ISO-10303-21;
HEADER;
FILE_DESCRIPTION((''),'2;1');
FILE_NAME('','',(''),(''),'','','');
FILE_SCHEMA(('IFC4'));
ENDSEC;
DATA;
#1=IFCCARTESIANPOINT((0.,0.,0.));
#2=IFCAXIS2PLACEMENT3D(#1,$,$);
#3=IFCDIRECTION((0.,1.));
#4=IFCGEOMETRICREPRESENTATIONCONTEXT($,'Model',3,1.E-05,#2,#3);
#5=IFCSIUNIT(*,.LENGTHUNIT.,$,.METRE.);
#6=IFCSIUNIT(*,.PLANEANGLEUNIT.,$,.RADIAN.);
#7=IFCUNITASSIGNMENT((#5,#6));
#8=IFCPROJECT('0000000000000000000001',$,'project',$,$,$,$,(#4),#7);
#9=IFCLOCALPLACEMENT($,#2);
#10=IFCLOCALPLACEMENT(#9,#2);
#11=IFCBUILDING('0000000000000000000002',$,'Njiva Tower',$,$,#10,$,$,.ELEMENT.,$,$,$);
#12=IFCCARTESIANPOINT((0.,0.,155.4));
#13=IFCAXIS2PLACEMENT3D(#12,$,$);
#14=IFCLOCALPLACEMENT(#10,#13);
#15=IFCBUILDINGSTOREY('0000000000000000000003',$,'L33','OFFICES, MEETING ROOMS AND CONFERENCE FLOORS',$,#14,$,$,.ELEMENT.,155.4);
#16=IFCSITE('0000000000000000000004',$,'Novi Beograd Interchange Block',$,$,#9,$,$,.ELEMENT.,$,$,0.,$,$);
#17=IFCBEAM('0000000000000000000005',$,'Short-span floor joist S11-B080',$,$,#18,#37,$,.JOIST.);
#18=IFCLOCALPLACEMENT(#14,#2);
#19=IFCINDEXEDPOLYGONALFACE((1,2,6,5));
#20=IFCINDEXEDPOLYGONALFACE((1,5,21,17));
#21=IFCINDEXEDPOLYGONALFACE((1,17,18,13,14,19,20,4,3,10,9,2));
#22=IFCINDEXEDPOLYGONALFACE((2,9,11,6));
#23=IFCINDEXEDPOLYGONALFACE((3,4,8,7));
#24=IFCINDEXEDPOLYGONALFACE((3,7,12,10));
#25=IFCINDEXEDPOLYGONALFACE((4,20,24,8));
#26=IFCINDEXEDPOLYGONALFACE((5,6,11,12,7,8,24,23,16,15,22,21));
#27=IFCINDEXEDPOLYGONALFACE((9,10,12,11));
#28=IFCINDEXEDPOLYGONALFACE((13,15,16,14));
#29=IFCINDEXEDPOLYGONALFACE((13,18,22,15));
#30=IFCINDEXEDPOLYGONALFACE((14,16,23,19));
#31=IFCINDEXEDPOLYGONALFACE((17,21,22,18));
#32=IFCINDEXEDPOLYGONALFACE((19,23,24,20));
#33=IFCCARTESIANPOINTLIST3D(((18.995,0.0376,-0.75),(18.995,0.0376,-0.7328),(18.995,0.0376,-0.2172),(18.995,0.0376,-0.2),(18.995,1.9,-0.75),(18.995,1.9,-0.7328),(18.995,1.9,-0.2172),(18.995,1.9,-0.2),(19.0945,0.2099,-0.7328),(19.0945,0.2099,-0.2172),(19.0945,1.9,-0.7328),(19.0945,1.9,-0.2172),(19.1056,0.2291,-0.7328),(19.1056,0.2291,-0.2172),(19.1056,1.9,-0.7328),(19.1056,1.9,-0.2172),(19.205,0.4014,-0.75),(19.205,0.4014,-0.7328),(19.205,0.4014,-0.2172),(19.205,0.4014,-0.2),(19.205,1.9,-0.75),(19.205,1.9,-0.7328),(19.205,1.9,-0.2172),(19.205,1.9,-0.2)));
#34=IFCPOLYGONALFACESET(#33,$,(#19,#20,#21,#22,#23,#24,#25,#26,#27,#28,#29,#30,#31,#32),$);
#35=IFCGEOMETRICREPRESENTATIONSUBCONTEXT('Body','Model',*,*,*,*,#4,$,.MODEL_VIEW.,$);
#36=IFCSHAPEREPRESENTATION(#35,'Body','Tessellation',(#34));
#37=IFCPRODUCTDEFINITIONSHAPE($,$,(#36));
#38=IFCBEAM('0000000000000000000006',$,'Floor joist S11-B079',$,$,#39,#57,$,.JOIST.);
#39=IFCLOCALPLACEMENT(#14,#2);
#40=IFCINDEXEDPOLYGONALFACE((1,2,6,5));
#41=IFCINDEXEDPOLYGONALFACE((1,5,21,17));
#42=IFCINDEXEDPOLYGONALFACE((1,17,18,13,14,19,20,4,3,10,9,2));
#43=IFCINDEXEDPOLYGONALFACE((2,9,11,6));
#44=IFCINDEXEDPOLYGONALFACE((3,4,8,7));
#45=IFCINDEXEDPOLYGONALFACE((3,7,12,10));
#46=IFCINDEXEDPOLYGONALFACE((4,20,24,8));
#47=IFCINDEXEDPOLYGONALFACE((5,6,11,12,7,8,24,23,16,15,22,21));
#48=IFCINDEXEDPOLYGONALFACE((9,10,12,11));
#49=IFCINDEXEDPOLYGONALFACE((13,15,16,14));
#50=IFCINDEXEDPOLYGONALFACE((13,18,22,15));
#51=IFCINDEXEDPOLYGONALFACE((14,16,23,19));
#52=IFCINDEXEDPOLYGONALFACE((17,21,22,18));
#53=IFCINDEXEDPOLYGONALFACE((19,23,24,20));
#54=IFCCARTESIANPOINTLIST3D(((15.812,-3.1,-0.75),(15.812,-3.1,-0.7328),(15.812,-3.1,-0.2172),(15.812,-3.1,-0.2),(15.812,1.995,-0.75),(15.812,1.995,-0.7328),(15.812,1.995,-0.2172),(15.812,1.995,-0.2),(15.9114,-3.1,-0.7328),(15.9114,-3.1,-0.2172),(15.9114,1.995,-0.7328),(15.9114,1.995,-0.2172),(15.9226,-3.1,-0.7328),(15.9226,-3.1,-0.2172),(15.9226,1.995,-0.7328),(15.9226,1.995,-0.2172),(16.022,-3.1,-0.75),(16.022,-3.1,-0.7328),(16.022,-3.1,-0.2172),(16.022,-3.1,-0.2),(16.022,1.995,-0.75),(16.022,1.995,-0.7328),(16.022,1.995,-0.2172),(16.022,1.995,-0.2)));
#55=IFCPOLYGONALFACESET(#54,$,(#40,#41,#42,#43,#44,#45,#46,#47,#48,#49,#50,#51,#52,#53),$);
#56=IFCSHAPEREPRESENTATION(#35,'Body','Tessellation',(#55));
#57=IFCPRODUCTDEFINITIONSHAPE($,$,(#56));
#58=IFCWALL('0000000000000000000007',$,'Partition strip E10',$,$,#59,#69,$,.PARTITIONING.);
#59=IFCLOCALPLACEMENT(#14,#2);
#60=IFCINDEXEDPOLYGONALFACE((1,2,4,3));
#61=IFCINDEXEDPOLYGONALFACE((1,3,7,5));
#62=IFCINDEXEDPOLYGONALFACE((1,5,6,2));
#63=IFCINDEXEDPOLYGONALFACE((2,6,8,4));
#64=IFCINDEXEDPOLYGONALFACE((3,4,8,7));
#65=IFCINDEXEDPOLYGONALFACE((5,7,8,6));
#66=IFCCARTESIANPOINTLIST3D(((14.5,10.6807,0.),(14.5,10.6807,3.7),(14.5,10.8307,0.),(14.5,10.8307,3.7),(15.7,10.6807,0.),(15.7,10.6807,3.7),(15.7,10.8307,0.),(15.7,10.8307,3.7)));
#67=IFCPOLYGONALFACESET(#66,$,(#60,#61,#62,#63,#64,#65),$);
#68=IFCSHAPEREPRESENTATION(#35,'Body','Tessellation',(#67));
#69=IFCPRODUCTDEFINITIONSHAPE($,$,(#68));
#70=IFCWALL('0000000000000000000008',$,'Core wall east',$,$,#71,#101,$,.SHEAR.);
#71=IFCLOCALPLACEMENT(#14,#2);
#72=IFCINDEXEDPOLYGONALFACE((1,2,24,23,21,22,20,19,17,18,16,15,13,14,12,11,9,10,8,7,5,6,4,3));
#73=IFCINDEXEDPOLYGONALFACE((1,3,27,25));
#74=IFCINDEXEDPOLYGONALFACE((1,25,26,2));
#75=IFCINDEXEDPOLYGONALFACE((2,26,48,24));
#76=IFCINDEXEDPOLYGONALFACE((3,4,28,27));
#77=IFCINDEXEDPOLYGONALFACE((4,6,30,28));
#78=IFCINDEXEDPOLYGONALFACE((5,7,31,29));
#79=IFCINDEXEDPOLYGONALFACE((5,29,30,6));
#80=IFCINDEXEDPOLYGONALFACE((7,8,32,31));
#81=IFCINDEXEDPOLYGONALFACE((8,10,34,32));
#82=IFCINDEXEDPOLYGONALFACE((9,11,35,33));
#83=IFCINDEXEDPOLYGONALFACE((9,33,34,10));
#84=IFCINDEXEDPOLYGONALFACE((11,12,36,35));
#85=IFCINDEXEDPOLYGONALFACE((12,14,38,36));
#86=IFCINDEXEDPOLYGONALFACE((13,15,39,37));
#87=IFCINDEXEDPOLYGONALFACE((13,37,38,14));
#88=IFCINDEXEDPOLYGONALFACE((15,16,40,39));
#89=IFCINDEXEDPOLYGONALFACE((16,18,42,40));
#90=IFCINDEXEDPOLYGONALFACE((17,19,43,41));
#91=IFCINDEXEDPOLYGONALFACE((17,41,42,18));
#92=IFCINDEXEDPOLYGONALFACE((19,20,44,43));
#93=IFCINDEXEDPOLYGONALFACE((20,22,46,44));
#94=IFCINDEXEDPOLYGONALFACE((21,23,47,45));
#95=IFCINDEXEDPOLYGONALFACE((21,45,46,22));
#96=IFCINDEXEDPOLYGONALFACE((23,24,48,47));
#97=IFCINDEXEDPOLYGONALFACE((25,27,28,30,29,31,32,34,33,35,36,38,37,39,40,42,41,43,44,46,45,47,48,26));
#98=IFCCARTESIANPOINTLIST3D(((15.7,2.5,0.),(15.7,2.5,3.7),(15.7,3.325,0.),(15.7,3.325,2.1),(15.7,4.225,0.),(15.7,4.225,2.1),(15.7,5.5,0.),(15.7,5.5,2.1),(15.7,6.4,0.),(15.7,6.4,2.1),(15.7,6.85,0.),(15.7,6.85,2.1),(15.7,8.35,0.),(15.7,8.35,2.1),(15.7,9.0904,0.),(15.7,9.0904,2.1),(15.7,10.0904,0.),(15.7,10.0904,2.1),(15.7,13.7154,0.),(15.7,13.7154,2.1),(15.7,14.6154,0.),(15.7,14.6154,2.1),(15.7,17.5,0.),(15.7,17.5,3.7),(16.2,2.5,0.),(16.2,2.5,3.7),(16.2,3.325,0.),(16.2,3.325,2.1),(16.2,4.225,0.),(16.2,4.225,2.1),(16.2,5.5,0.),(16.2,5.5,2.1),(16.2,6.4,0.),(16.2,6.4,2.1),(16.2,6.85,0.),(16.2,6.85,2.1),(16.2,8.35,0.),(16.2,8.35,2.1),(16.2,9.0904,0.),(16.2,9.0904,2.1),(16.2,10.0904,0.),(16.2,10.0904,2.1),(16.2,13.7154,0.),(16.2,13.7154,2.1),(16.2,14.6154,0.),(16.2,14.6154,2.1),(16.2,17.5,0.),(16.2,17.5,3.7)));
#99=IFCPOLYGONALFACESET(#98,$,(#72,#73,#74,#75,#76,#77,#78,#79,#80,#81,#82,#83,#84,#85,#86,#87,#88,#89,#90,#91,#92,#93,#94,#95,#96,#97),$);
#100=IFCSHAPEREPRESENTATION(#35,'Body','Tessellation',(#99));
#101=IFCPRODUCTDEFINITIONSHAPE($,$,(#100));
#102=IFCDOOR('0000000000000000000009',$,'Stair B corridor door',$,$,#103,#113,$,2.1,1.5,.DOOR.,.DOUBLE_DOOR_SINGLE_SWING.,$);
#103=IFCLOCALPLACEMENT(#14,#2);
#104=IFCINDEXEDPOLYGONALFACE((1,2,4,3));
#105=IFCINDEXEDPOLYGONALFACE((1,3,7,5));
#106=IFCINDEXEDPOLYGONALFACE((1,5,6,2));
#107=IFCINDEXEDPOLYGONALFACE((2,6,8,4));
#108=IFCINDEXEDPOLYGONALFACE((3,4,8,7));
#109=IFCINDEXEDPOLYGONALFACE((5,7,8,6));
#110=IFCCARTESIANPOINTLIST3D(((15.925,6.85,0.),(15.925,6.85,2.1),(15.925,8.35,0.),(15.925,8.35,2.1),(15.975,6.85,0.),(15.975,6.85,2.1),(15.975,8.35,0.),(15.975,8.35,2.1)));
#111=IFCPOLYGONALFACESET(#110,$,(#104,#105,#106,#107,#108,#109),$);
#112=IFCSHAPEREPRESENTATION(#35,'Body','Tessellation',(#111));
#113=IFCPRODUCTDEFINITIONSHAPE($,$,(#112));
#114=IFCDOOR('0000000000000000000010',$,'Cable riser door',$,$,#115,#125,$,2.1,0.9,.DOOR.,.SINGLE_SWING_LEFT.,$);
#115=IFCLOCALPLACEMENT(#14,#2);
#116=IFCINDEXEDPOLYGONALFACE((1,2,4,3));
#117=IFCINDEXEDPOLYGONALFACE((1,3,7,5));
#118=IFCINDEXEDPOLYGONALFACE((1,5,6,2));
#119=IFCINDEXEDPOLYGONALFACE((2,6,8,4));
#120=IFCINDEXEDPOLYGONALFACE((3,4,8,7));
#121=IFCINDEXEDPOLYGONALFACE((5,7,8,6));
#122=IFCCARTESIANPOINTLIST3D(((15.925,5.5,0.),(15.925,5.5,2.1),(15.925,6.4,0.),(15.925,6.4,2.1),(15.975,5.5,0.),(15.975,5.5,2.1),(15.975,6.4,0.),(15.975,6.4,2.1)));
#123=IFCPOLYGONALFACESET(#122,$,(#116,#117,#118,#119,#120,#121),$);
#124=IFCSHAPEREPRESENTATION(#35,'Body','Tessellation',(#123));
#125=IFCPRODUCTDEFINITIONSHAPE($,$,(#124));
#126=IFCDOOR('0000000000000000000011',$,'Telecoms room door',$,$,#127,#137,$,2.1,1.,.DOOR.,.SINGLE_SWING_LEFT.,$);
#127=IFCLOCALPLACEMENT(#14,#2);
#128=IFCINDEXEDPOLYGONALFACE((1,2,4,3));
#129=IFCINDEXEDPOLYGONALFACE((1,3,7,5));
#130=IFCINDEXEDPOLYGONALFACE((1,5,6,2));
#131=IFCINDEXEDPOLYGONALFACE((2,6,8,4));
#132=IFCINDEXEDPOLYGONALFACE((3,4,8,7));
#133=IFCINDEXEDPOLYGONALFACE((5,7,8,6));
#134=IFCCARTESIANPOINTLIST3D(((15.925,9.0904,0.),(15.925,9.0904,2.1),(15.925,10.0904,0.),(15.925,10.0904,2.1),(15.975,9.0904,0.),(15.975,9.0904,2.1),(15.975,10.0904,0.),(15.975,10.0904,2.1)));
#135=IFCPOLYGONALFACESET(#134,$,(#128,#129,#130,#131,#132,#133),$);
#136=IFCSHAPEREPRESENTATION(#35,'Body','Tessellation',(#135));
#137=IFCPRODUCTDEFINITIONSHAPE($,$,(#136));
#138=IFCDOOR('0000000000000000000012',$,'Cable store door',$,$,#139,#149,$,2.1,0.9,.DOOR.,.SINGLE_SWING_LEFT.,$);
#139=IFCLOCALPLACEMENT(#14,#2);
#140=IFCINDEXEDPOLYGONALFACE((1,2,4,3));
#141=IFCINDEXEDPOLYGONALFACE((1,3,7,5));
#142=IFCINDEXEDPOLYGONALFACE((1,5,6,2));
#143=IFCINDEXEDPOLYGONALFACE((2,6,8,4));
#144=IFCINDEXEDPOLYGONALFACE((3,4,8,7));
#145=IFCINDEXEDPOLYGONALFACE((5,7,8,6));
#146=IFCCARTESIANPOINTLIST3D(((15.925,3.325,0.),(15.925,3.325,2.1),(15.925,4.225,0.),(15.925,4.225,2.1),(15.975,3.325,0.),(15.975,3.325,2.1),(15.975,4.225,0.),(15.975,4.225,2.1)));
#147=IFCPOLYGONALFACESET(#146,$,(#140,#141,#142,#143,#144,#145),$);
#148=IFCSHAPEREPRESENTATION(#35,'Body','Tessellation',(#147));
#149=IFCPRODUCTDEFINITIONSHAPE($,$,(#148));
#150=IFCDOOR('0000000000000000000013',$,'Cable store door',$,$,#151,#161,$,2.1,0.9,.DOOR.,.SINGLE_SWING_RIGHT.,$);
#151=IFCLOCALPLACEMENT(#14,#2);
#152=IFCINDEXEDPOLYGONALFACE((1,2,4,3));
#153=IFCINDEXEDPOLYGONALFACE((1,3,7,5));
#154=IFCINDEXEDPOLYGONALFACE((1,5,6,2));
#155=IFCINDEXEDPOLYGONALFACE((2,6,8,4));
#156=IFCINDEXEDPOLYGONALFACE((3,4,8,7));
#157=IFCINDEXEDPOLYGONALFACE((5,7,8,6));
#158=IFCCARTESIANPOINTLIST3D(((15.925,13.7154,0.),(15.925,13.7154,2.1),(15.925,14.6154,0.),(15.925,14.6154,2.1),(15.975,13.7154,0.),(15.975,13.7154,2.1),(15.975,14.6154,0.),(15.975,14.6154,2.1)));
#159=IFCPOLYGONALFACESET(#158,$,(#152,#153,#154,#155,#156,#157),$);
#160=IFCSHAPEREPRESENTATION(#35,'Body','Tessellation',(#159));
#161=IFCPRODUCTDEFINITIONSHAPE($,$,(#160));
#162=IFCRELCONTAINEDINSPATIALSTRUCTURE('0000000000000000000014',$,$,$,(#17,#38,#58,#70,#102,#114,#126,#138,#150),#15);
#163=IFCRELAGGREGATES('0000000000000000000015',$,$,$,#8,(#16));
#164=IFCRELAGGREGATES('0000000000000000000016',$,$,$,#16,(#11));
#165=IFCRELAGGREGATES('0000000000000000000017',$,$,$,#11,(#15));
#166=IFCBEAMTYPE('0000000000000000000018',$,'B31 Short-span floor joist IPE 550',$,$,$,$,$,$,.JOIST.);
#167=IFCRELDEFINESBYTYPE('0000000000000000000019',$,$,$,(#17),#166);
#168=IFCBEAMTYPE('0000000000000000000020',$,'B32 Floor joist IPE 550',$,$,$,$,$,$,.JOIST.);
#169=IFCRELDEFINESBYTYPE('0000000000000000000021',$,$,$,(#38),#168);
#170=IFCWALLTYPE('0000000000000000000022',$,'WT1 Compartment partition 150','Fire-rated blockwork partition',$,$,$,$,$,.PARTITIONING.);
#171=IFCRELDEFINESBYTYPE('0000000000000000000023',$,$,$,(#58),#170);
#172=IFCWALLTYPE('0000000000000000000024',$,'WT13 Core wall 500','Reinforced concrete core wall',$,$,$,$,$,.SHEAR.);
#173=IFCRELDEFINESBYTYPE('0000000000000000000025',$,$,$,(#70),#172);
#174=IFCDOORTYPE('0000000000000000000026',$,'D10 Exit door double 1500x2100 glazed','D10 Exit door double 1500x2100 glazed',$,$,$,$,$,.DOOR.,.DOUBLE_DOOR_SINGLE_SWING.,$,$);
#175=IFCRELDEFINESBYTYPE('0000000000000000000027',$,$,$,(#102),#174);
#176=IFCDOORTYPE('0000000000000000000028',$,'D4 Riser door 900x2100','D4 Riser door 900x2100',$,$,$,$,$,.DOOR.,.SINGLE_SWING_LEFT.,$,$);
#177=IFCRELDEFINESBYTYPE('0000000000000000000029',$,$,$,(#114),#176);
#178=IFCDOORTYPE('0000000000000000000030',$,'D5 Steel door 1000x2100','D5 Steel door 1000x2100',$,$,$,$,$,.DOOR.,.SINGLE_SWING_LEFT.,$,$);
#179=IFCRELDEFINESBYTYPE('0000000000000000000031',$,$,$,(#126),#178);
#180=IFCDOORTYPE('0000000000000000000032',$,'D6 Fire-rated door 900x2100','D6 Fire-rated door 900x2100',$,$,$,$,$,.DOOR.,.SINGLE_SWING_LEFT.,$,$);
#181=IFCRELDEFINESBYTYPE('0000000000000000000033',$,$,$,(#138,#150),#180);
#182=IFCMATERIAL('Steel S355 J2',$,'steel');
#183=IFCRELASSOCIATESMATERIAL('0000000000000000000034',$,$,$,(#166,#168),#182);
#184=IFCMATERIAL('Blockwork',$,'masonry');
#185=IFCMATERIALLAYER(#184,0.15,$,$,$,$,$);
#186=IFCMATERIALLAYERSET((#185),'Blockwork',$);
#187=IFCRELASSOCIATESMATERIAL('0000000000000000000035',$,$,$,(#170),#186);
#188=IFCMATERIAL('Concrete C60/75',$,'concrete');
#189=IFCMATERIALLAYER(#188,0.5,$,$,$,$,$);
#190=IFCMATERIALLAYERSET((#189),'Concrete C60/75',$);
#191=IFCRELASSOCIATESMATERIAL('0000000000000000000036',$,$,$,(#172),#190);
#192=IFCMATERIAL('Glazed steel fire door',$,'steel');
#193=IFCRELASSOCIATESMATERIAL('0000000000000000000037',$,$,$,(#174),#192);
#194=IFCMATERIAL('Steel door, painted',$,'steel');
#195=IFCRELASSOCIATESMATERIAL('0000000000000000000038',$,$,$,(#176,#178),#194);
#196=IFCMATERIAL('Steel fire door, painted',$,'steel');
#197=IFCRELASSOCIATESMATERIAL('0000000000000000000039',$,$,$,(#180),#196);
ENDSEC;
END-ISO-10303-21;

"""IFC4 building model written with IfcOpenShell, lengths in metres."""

from ifc_helpers import new_model, si_unit, direction, frame, frame_2d, origin, origin_2d, place, context, subcontext, project, spatial, rectangle, i_section, extrude, clip, halfspace, material, layer, layer_set, material_profile, profile_set, type_object, element, fill, save


model = new_model("IFC4")

# Units and contexts
model_context = context("Model", 3, precision=1e-05, world=origin(), true_north=direction((0.0, 1.0)))
body_context = subcontext(model_context, "Body", "Model", "MODEL_VIEW")
ifc_project = project(units=[si_unit("LENGTHUNIT", "METRE"), si_unit("PLANEANGLEUNIT", "RADIAN")], contexts=[model_context])

# Site, building, storey
site_placement = place(None, origin())
site = spatial("IfcSite", under=ifc_project, at=site_placement, Name="Novi Beograd Interchange Block", CompositionType="ELEMENT", RefElevation=0.0)
building_placement = place(site_placement, origin())
building = spatial("IfcBuilding", under=site, at=building_placement, Name="Njiva Tower", CompositionType="ELEMENT")
storey_placement = place(building_placement, frame((0.0, 0.0, 155.4)))
storey = spatial("IfcBuildingStorey", under=building, at=storey_placement, Name="L33", Description="OFFICES, MEETING ROOMS AND CONFERENCE FLOORS", CompositionType="ELEMENT", Elevation=155.4)

# Shared definitions
ifc_material_1 = material(Name="Steel S355 J2", Category="steel")

# Beams
ifc_material_profile_1 = material_profile(ifc_material_1, i_section(OverallWidth=0.21, OverallDepth=0.55, WebThickness=0.0111, FlangeThickness=0.0172, at=origin_2d()), Name="IPE 550")
ifc_profile_set_1 = profile_set([ifc_material_profile_1], Name="Steel S355 J2")
beam_type_1 = type_object("IfcBeamType", Name="B31 Short-span floor joist IPE 550", PredefinedType="JOIST", material=ifc_profile_set_1)
beam_1_placement = place(storey_placement, frame((19.1, 1.9, -0.475), z_axis=(0.0, -1.0, 0.0), x_axis=(1.0, 0.0, 0.0)))
element("IfcBeam", 1, at=beam_1_placement, inside=storey, type_object=beam_type_1, Name="Short-span floor joist S11-B080", PredefinedType="JOIST", context=body_context, shape_type="Clipping", body=[
    clip(extrude(i_section(OverallWidth=0.21, OverallDepth=0.55, WebThickness=0.0111, FlangeThickness=0.0172, at=origin_2d()), origin(), (0.0, 0.0, 1.0), 1.883), halfspace(frame((0.0433, 0.0, 1.6055), z_axis=(0.866027, 0.0, 0.499998), x_axis=(0.0, 1.0, 0.0)), False)),
])
ifc_material_profile_2 = material_profile(ifc_material_1, i_section(OverallWidth=0.21, OverallDepth=0.55, WebThickness=0.0111, FlangeThickness=0.0172, at=origin_2d()), Name="IPE 550")
ifc_profile_set_2 = profile_set([ifc_material_profile_2], Name="Steel S355 J2")
beam_type_2 = type_object("IfcBeamType", Name="B32 Floor joist IPE 550", PredefinedType="JOIST", material=ifc_profile_set_2)
beam_2_placement = place(storey_placement, frame((15.917, 1.995, -0.475), z_axis=(0.0, -1.0, 0.0), x_axis=(1.0, 0.0, 0.0)))
element("IfcBeam", 2, at=beam_2_placement, inside=storey, type_object=beam_type_2, Name="Floor joist S11-B079", PredefinedType="JOIST", context=body_context, shape_type="SweptSolid", body=[
    extrude(i_section(OverallWidth=0.21, OverallDepth=0.55, WebThickness=0.0111, FlangeThickness=0.0172, at=origin_2d()), origin(), (0.0, 0.0, 1.0), 5.095),
])

# Wall
ifc_material_2 = material(Name="Blockwork", Category="masonry")
ifc_layer_1 = layer(ifc_material_2, 0.15)
ifc_layer_set_1 = layer_set([ifc_layer_1], Name="Blockwork")
wall_type_1 = type_object("IfcWallType", Name="WT1 Compartment partition 150", Description="Fire-rated blockwork partition", PredefinedType="PARTITIONING", material=ifc_layer_set_1)
wall_1_placement = place(storey_placement, frame((14.5, 10.7557, 0.0), z_axis=(0.0, 0.0, 1.0), x_axis=(1.0, 0.0, 0.0)))
element("IfcWall", 3, at=wall_1_placement, inside=storey, type_object=wall_type_1, Name="Partition strip E10", PredefinedType="PARTITIONING", context=body_context, shape_type="SweptSolid", body=[
    extrude(rectangle(XDim=1.2, YDim=0.15, at=frame_2d((0.6, 0.0))), origin(), (0.0, 0.0, 1.0), 3.7),
])

# Wall, openings, doors
ifc_material_3 = material(Name="Concrete C60/75", Category="concrete")
ifc_layer_2 = layer(ifc_material_3, 0.5)
ifc_layer_set_2 = layer_set([ifc_layer_2], Name="Concrete C60/75")
wall_type_2 = type_object("IfcWallType", Name="WT13 Core wall 500", Description="Reinforced concrete core wall", PredefinedType="SHEAR", material=ifc_layer_set_2)
wall_2_placement = place(storey_placement, frame((15.95, 2.5, 0.0), z_axis=(0.0, 0.0, 1.0), x_axis=(0.0, 1.0, 0.0)))
wall_2 = element("IfcWall", 4, at=wall_2_placement, inside=storey, type_object=wall_type_2, Name="Core wall east", PredefinedType="SHEAR", context=body_context, shape_type="SweptSolid", body=[
    extrude(rectangle(XDim=15.0, YDim=0.5, at=frame_2d((7.5, 0.0))), origin(), (0.0, 0.0, 1.0), 3.7),
])
opening_1_placement = place(wall_2_placement, frame((4.35, 0.0, 0.0)))
opening_1 = element("IfcOpeningElement", 5, at=opening_1_placement, cuts=wall_2, PredefinedType="OPENING", context=body_context, shape_type="SweptSolid", body=[
    extrude(rectangle(XDim=1.5, YDim=2.1, at=frame_2d((0.75, 1.05))), frame((0.0, 0.26, 0.0), z_axis=(0.0, -1.0, 0.0), x_axis=(1.0, 0.0, 0.0)), (0.0, 0.0, 1.0), 0.52),
])
opening_2_placement = place(wall_2_placement, frame((0.825, 0.0, 0.0)))
opening_2 = element("IfcOpeningElement", 6, at=opening_2_placement, cuts=wall_2, PredefinedType="OPENING", context=body_context, shape_type="SweptSolid", body=[
    extrude(rectangle(XDim=0.9, YDim=2.1, at=frame_2d((0.45, 1.05))), frame((0.0, 0.26, 0.0), z_axis=(0.0, -1.0, 0.0), x_axis=(1.0, 0.0, 0.0)), (0.0, 0.0, 1.0), 0.52),
])
opening_3_placement = place(wall_2_placement, frame((3.0, 0.0, 0.0)))
opening_3 = element("IfcOpeningElement", 7, at=opening_3_placement, cuts=wall_2, PredefinedType="OPENING", context=body_context, shape_type="SweptSolid", body=[
    extrude(rectangle(XDim=0.9, YDim=2.1, at=frame_2d((0.45, 1.05))), frame((0.0, 0.26, 0.0), z_axis=(0.0, -1.0, 0.0), x_axis=(1.0, 0.0, 0.0)), (0.0, 0.0, 1.0), 0.52),
])
opening_4_placement = place(wall_2_placement, frame((6.5904, 0.0, 0.0)))
opening_4 = element("IfcOpeningElement", 8, at=opening_4_placement, cuts=wall_2, PredefinedType="OPENING", context=body_context, shape_type="SweptSolid", body=[
    extrude(rectangle(XDim=1.0, YDim=2.1, at=frame_2d((0.5, 1.05))), frame((0.0, 0.26, 0.0), z_axis=(0.0, -1.0, 0.0), x_axis=(1.0, 0.0, 0.0)), (0.0, 0.0, 1.0), 0.52),
])
opening_5_placement = place(wall_2_placement, frame((11.2154, 0.0, 0.0)))
opening_5 = element("IfcOpeningElement", 9, at=opening_5_placement, cuts=wall_2, PredefinedType="OPENING", context=body_context, shape_type="SweptSolid", body=[
    extrude(rectangle(XDim=0.9, YDim=2.1, at=frame_2d((0.45, 1.05))), frame((0.0, 0.26, 0.0), z_axis=(0.0, -1.0, 0.0), x_axis=(1.0, 0.0, 0.0)), (0.0, 0.0, 1.0), 0.52),
])
ifc_material_4 = material(Name="Glazed steel fire door", Category="steel")
door_type_1 = type_object("IfcDoorType", Name="D10 Exit door double 1500x2100 glazed", Description="D10 Exit door double 1500x2100 glazed", OperationType="DOUBLE_DOOR_SINGLE_SWING", PredefinedType="DOOR", material=ifc_material_4)
door_1_placement = place(opening_1_placement, origin())
door_1 = element("IfcDoor", 10, at=door_1_placement, inside=storey, type_object=door_type_1, Name="Stair B corridor door", OperationType="DOUBLE_DOOR_SINGLE_SWING", OverallHeight=2.1, OverallWidth=1.5, PredefinedType="DOOR", context=body_context, shape_type="SweptSolid", body=[
    extrude(rectangle(XDim=1.5, YDim=2.1, at=frame_2d((0.75, 1.05))), frame((0.0, 0.025, 0.0), z_axis=(0.0, -1.0, 0.0), x_axis=(1.0, 0.0, 0.0)), (0.0, 0.0, 1.0), 0.05),
])
fill(opening_1, door_1)
ifc_material_5 = material(Name="Steel door, painted", Category="steel")
door_type_2 = type_object("IfcDoorType", Name="D4 Riser door 900x2100", Description="D4 Riser door 900x2100", OperationType="SINGLE_SWING_LEFT", PredefinedType="DOOR", material=ifc_material_5)
door_2_placement = place(opening_3_placement, origin())
door_2 = element("IfcDoor", 11, at=door_2_placement, inside=storey, type_object=door_type_2, Name="Cable riser door", OperationType="SINGLE_SWING_LEFT", OverallHeight=2.1, OverallWidth=0.9, PredefinedType="DOOR", context=body_context, shape_type="SweptSolid", body=[
    extrude(rectangle(XDim=0.9, YDim=2.1, at=frame_2d((0.45, 1.05))), frame((0.0, 0.025, 0.0), z_axis=(0.0, -1.0, 0.0), x_axis=(1.0, 0.0, 0.0)), (0.0, 0.0, 1.0), 0.05),
])
fill(opening_3, door_2)
door_type_3 = type_object("IfcDoorType", Name="D5 Steel door 1000x2100", Description="D5 Steel door 1000x2100", OperationType="SINGLE_SWING_LEFT", PredefinedType="DOOR", material=ifc_material_5)
door_3_placement = place(opening_4_placement, origin())
door_3 = element("IfcDoor", 12, at=door_3_placement, inside=storey, type_object=door_type_3, Name="Telecoms room door", OperationType="SINGLE_SWING_LEFT", OverallHeight=2.1, OverallWidth=1.0, PredefinedType="DOOR", context=body_context, shape_type="SweptSolid", body=[
    extrude(rectangle(XDim=1.0, YDim=2.1, at=frame_2d((0.5, 1.05))), frame((0.0, 0.025, 0.0), z_axis=(0.0, -1.0, 0.0), x_axis=(1.0, 0.0, 0.0)), (0.0, 0.0, 1.0), 0.05),
])
fill(opening_4, door_3)
ifc_material_6 = material(Name="Steel fire door, painted", Category="steel")
door_type_4 = type_object("IfcDoorType", Name="D6 Fire-rated door 900x2100", Description="D6 Fire-rated door 900x2100", OperationType="SINGLE_SWING_LEFT", PredefinedType="DOOR", material=ifc_material_6)
door_4_placement = place(opening_2_placement, origin())
door_4 = element("IfcDoor", 13, at=door_4_placement, inside=storey, type_object=door_type_4, Name="Cable store door", OperationType="SINGLE_SWING_LEFT", OverallHeight=2.1, OverallWidth=0.9, PredefinedType="DOOR", context=body_context, shape_type="SweptSolid", body=[
    extrude(rectangle(XDim=0.9, YDim=2.1, at=frame_2d((0.45, 1.05))), frame((0.0, 0.025, 0.0), z_axis=(0.0, -1.0, 0.0), x_axis=(1.0, 0.0, 0.0)), (0.0, 0.0, 1.0), 0.05),
])
fill(opening_2, door_4)
door_5_placement = place(opening_5_placement, origin())
door_5 = element("IfcDoor", 14, at=door_5_placement, inside=storey, type_object=door_type_4, Name="Cable store door", OperationType="SINGLE_SWING_RIGHT", OverallHeight=2.1, OverallWidth=0.9, PredefinedType="DOOR", context=body_context, shape_type="SweptSolid", body=[
    extrude(rectangle(XDim=0.9, YDim=2.1, at=frame_2d((0.45, 1.05))), frame((0.0, 0.025, 0.0), z_axis=(0.0, -1.0, 0.0), x_axis=(1.0, 0.0, 0.0)), (0.0, 0.0, 1.0), 0.05),
])
fill(opening_5, door_5)

save(model, "model.ifc")
